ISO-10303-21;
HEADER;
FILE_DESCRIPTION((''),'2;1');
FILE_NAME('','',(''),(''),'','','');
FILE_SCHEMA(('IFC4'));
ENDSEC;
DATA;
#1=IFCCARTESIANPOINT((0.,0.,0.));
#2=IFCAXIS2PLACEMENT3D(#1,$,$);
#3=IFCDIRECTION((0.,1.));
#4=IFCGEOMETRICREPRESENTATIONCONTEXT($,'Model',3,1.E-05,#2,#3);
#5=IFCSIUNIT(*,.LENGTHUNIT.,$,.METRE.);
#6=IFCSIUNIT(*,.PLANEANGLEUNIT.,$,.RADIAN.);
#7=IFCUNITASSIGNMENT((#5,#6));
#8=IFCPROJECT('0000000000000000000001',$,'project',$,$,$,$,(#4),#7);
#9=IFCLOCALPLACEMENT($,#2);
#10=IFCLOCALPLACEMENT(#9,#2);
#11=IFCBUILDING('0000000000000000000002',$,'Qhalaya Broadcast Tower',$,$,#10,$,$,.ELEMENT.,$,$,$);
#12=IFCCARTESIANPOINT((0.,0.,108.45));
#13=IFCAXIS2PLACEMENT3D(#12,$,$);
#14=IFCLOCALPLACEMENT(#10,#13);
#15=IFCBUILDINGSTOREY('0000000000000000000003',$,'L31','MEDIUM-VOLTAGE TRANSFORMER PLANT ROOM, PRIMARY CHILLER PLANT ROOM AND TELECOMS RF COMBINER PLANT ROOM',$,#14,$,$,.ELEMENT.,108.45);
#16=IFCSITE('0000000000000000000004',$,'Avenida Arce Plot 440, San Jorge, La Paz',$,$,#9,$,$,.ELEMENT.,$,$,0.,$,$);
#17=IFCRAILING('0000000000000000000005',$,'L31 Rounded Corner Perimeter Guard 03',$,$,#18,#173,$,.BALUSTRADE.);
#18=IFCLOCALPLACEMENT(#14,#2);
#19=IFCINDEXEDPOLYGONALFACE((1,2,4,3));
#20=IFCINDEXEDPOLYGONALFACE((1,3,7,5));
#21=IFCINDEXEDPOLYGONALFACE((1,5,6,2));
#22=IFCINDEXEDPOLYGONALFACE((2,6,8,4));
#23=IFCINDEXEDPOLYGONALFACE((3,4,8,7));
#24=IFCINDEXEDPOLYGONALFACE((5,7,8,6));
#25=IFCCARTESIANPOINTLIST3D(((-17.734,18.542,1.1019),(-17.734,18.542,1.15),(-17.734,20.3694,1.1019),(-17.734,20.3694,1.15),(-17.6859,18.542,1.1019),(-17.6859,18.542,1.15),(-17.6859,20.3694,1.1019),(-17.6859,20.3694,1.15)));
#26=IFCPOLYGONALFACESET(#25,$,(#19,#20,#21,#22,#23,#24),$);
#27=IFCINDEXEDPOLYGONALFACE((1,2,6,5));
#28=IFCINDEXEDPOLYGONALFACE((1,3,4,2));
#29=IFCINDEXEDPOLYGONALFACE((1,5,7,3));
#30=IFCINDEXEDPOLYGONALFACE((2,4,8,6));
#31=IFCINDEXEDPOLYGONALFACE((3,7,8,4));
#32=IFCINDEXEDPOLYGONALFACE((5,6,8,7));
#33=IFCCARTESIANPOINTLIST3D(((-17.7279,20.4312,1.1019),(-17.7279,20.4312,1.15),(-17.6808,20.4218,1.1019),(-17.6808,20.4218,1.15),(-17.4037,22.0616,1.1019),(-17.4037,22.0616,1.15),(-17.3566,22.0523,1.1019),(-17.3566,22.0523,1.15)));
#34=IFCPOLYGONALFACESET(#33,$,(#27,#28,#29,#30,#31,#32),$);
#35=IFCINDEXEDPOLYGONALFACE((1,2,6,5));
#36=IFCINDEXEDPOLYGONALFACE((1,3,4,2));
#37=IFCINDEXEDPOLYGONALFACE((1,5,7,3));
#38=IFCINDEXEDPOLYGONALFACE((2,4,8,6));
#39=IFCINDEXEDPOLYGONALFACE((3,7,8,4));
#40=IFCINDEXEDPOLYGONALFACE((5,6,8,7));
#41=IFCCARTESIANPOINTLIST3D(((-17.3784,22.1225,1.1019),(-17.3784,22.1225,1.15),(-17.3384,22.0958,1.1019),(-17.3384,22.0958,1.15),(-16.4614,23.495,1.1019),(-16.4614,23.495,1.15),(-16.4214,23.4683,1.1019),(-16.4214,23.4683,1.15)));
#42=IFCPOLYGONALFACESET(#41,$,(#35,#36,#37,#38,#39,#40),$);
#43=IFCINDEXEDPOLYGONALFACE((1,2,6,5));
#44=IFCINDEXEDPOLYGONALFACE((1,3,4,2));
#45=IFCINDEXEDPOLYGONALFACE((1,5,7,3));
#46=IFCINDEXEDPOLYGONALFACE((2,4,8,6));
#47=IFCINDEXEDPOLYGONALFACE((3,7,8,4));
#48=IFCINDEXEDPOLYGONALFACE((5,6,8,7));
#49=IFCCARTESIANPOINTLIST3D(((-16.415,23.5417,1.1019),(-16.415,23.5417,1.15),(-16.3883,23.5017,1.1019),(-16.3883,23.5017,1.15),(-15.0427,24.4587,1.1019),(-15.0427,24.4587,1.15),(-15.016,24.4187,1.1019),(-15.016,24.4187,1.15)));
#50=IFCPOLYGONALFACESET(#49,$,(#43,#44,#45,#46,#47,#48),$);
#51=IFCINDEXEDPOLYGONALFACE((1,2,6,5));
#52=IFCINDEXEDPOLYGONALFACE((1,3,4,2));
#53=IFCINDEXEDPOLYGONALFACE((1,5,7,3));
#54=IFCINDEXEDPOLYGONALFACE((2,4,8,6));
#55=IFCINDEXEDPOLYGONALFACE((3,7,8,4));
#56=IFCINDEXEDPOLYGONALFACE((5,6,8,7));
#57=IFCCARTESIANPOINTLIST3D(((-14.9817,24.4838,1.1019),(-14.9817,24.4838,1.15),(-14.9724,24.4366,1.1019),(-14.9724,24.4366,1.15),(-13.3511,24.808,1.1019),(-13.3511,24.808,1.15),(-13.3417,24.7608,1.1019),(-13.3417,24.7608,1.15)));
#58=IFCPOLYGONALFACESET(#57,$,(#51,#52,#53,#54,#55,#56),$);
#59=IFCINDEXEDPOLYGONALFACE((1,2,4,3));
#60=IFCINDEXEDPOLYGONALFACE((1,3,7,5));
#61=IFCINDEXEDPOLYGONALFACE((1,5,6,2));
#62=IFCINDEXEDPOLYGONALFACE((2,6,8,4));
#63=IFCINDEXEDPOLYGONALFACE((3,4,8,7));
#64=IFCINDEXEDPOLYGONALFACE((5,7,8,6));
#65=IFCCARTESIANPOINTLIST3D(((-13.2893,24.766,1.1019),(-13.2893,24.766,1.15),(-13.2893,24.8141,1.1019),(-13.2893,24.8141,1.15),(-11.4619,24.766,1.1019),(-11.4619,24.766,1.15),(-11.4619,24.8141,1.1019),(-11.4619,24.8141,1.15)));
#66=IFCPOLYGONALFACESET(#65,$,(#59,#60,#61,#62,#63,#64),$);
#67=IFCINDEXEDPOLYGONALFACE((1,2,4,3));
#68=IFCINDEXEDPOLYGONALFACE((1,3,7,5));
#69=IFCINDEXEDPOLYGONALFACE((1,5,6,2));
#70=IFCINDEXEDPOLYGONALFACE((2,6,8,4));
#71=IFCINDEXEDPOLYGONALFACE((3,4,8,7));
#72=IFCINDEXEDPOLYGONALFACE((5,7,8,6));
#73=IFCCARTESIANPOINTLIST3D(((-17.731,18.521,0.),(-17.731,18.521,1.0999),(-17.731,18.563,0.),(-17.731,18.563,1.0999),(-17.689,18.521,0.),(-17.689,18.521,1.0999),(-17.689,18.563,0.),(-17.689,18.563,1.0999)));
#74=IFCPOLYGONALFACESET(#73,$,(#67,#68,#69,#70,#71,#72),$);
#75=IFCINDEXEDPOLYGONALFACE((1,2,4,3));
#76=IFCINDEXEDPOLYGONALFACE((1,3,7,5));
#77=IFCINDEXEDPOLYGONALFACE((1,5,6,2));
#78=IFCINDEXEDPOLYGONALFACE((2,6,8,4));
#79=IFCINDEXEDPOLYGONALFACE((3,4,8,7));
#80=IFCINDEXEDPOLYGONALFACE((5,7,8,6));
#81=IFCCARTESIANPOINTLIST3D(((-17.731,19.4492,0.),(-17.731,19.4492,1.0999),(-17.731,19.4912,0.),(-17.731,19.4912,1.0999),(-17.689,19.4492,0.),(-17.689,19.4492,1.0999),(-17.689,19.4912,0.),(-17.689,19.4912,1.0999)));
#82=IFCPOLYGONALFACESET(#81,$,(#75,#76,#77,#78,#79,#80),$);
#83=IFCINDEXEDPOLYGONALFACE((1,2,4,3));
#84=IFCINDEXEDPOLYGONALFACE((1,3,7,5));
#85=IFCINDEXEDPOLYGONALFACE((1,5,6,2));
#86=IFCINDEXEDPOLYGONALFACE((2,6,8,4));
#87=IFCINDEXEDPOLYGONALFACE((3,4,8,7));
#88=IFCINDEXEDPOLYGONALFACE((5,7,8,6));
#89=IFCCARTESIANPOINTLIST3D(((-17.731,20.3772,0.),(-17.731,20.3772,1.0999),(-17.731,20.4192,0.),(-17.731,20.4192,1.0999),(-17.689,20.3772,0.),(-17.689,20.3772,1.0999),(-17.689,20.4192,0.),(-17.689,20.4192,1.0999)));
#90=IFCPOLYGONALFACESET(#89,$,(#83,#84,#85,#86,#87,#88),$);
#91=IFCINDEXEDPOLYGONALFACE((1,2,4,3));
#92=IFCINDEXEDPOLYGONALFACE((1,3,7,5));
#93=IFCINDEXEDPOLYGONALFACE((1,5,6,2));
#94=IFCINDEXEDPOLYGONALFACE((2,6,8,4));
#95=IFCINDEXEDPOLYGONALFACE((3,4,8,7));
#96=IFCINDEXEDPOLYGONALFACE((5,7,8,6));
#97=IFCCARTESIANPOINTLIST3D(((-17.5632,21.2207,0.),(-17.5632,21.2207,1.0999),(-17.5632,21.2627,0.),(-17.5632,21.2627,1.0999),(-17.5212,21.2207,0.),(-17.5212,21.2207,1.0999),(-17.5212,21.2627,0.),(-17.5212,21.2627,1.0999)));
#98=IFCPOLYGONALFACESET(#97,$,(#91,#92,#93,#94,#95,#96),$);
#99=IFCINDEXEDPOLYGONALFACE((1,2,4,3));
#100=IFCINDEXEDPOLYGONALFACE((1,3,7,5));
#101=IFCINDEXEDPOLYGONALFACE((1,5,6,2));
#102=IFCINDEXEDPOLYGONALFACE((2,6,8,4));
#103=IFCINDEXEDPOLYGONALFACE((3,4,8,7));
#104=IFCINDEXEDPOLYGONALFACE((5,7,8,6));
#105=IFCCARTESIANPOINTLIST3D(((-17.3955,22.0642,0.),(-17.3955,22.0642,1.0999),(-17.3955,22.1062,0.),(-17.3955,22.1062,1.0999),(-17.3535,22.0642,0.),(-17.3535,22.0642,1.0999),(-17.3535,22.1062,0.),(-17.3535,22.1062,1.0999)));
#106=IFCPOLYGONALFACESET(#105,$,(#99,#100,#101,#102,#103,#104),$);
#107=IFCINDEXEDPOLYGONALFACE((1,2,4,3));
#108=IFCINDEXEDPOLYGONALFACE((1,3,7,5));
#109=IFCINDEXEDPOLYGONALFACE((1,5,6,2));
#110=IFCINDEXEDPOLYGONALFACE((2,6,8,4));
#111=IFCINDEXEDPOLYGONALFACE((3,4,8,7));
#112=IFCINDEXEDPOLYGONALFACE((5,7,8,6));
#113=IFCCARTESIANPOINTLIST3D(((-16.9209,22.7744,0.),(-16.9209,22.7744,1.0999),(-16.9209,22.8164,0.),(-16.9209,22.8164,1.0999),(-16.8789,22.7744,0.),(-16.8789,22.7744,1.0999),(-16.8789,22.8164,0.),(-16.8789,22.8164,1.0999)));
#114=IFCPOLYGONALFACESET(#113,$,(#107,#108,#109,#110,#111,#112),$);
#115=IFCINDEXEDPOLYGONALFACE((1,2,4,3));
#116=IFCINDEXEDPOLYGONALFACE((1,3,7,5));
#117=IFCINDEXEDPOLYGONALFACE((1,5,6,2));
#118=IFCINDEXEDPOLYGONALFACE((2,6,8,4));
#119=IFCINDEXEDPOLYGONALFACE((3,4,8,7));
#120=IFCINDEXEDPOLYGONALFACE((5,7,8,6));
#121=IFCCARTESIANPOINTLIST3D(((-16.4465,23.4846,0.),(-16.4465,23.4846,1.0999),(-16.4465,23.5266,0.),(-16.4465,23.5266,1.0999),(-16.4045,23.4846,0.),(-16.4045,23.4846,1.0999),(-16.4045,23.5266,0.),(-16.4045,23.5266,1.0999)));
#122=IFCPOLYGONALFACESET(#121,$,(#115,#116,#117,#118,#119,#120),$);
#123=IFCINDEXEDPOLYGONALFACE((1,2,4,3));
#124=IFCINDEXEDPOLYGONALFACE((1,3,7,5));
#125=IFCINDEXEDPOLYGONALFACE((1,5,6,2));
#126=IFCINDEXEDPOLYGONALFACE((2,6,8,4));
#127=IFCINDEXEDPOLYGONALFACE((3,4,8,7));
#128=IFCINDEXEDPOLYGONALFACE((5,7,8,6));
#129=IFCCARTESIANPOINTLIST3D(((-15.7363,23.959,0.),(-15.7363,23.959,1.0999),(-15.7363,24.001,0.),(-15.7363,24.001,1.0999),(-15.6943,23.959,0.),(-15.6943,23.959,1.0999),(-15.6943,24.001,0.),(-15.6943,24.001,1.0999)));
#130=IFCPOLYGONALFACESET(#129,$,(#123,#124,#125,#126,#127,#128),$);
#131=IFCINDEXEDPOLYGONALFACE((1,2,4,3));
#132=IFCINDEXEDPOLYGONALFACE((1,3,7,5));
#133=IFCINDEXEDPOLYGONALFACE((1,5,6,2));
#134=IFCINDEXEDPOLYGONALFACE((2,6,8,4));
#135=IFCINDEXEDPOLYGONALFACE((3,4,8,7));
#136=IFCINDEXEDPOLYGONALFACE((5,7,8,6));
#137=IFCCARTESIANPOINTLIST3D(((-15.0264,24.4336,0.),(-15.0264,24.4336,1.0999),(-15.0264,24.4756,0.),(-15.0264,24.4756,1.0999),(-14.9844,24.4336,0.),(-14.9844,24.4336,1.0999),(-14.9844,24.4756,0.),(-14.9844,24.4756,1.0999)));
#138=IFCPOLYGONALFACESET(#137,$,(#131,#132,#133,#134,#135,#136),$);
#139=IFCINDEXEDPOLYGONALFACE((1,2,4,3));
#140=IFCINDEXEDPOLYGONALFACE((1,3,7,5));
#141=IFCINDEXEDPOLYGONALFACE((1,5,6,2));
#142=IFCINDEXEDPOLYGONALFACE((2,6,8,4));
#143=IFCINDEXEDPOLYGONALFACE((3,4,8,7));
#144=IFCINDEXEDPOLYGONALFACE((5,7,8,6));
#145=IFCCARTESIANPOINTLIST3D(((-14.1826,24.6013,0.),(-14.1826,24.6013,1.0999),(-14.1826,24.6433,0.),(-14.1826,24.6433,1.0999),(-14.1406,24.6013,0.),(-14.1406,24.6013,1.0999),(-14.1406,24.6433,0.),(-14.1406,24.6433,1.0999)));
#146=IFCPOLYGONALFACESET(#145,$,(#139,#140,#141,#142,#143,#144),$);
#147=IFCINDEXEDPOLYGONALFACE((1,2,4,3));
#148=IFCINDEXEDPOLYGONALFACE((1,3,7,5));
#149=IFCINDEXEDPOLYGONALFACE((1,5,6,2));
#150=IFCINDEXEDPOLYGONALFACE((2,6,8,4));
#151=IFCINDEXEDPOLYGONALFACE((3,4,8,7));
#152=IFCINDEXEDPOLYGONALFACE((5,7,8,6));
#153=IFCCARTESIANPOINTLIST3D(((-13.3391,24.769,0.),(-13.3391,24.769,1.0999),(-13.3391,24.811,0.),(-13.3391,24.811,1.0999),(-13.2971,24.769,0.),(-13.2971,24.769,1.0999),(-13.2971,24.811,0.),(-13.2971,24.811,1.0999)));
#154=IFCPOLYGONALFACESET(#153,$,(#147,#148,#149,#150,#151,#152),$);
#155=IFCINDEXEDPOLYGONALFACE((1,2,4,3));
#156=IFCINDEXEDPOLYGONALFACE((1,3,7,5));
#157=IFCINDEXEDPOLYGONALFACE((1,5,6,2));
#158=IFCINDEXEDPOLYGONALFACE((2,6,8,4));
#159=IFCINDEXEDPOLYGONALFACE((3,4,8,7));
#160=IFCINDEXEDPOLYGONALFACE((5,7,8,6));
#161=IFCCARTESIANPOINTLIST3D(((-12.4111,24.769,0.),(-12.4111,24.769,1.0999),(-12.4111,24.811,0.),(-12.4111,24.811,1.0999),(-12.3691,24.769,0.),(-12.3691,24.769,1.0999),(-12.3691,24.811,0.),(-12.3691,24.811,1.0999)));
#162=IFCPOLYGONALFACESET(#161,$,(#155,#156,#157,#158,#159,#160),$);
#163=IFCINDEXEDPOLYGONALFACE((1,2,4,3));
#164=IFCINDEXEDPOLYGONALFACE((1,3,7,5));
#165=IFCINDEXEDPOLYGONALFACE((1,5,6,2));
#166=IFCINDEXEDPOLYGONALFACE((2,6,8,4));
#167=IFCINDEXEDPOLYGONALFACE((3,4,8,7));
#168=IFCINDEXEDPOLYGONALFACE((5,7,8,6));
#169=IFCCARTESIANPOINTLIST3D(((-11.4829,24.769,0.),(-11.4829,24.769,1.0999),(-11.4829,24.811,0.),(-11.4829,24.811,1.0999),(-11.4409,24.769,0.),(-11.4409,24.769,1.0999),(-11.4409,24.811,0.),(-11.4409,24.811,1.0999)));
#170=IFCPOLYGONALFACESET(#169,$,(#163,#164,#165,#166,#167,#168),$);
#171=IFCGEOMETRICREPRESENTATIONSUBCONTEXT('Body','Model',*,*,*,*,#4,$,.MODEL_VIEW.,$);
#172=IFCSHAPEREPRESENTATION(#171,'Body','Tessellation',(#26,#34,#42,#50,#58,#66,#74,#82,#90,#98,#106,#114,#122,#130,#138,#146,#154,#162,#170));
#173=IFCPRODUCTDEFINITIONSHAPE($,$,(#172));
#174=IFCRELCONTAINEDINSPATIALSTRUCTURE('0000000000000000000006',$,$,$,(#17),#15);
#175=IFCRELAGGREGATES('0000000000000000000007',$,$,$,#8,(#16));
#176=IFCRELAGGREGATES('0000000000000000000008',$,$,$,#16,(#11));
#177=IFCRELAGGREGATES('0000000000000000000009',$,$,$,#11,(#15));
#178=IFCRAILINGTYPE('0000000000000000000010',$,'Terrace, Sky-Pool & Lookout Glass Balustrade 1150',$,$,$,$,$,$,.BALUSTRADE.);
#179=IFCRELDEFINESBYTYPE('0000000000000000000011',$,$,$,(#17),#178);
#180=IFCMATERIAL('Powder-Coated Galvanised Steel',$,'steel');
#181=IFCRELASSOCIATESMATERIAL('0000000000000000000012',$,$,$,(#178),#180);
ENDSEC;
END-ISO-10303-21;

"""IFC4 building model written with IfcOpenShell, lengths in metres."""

from ifc_helpers import new_model, si_unit, direction, frame, origin, origin_2d, place, context, subcontext, project, spatial, rectangle, extrude, material, type_object, element, save


model = new_model("IFC4")

# Units and contexts
model_context = context("Model", 3, precision=1e-05, world=origin(), true_north=direction((0.0, 1.0)))
body_context = subcontext(model_context, "Body", "Model", "MODEL_VIEW")
ifc_project = project(units=[si_unit("LENGTHUNIT", "METRE"), si_unit("PLANEANGLEUNIT", "RADIAN")], contexts=[model_context])

# Site, building, storey
site_placement = place(None, origin())
site = spatial("IfcSite", under=ifc_project, at=site_placement, Name="Avenida Arce Plot 440, San Jorge, La Paz", CompositionType="ELEMENT", RefElevation=0.0)
building_placement = place(site_placement, origin())
building = spatial("IfcBuilding", under=site, at=building_placement, Name="Qhalaya Broadcast Tower", CompositionType="ELEMENT")
storey_placement = place(building_placement, frame((0.0, 0.0, 108.45)))
storey = spatial("IfcBuildingStorey", under=building, at=storey_placement, Name="L31", Description="MEDIUM-VOLTAGE TRANSFORMER PLANT ROOM, PRIMARY CHILLER PLANT ROOM AND TELECOMS RF COMBINER PLANT ROOM", CompositionType="ELEMENT", Elevation=108.45)

# Railing
ifc_material_1 = material(Name="Powder-Coated Galvanised Steel", Category="steel")
railing_type = type_object("IfcRailingType", Name="Terrace, Sky-Pool & Lookout Glass Balustrade 1150", PredefinedType="BALUSTRADE", material=ifc_material_1)
railing_placement = place(storey_placement, frame((-17.71, 18.542, 0.0)))
element("IfcRailing", 1, at=railing_placement, inside=storey, type_object=railing_type, Name="L31 Rounded Corner Perimeter Guard 03", PredefinedType="BALUSTRADE", context=body_context, shape_type="SweptSolid", body=[
    extrude(rectangle(XDim=0.0481, YDim=0.0481, at=origin_2d()), frame((0.0, 0.0, 1.126), z_axis=(0.0, 1.0, 0.0), x_axis=(-1.0, 0.0, 0.0)), (0.0, 0.0, 1.0), 1.8274),
    extrude(rectangle(XDim=0.0481, YDim=0.0481, at=origin_2d()), frame((0.0056, 1.8845, 1.126), z_axis=(0.195024, 0.980798, 0.0), x_axis=(-0.980798, 0.195024, 0.0)), (0.0, 0.0, 1.0), 1.6624),
    extrude(rectangle(XDim=0.0481, YDim=0.0481, at=origin_2d()), frame((0.3516, 3.5671, 1.126), z_axis=(0.555524, 0.8315, 0.0), x_axis=(-0.8315, 0.555524, 0.0)), (0.0, 0.0, 1.0), 1.6506),
    extrude(rectangle(XDim=0.0481, YDim=0.0481, at=origin_2d()), frame((1.3083, 4.9797, 1.126), z_axis=(0.831456, 0.55559, 0.0), x_axis=(-0.55559, 0.831456, 0.0)), (0.0, 0.0, 1.0), 1.6504),
    extrude(rectangle(XDim=0.0481, YDim=0.0481, at=origin_2d()), frame((2.7329, 5.9182, 1.126), z_axis=(0.980804, 0.194997, 0.0), x_axis=(-0.194997, 0.980804, 0.0)), (0.0, 0.0, 1.0), 1.6626),
    extrude(rectangle(XDim=0.0481, YDim=0.0481, at=origin_2d()), frame((4.4207, 6.248, 1.126), z_axis=(1.0, 0.0, 0.0), x_axis=(0.0, 1.0, 0.0)), (0.0, 0.0, 1.0), 1.8274),
    extrude(rectangle(XDim=0.042, YDim=0.042, at=origin_2d()), origin(), (0.0, 0.0, 1.0), 1.0999),
    extrude(rectangle(XDim=0.042, YDim=0.042, at=origin_2d()), frame((0.0, 0.9282, 0.0)), (0.0, 0.0, 1.0), 1.0999),
    extrude(rectangle(XDim=0.042, YDim=0.042, at=origin_2d()), frame((0.0, 1.8562, 0.0)), (0.0, 0.0, 1.0), 1.0999),
    extrude(rectangle(XDim=0.042, YDim=0.042, at=origin_2d()), frame((0.1677, 2.6997, 0.0)), (0.0, 0.0, 1.0), 1.0999),
    extrude(rectangle(XDim=0.042, YDim=0.042, at=origin_2d()), frame((0.3354, 3.5432, 0.0)), (0.0, 0.0, 1.0), 1.0999),
    extrude(rectangle(XDim=0.042, YDim=0.042, at=origin_2d()), frame((0.8101, 4.2534, 0.0)), (0.0, 0.0, 1.0), 1.0999),
    extrude(rectangle(XDim=0.042, YDim=0.042, at=origin_2d()), frame((1.2844, 4.9636, 0.0)), (0.0, 0.0, 1.0), 1.0999),
    extrude(rectangle(XDim=0.042, YDim=0.042, at=origin_2d()), frame((1.9946, 5.438, 0.0)), (0.0, 0.0, 1.0), 1.0999),
    extrude(rectangle(XDim=0.042, YDim=0.042, at=origin_2d()), frame((2.7046, 5.9126, 0.0)), (0.0, 0.0, 1.0), 1.0999),
    extrude(rectangle(XDim=0.042, YDim=0.042, at=origin_2d()), frame((3.5483, 6.0803, 0.0)), (0.0, 0.0, 1.0), 1.0999),
    extrude(rectangle(XDim=0.042, YDim=0.042, at=origin_2d()), frame((4.3918, 6.248, 0.0)), (0.0, 0.0, 1.0), 1.0999),
    extrude(rectangle(XDim=0.042, YDim=0.042, at=origin_2d()), frame((5.3198, 6.248, 0.0)), (0.0, 0.0, 1.0), 1.0999),
    extrude(rectangle(XDim=0.042, YDim=0.042, at=origin_2d()), frame((6.248, 6.248, 0.0)), (0.0, 0.0, 1.0), 1.0999),
])

save(model, "model.ifc")
